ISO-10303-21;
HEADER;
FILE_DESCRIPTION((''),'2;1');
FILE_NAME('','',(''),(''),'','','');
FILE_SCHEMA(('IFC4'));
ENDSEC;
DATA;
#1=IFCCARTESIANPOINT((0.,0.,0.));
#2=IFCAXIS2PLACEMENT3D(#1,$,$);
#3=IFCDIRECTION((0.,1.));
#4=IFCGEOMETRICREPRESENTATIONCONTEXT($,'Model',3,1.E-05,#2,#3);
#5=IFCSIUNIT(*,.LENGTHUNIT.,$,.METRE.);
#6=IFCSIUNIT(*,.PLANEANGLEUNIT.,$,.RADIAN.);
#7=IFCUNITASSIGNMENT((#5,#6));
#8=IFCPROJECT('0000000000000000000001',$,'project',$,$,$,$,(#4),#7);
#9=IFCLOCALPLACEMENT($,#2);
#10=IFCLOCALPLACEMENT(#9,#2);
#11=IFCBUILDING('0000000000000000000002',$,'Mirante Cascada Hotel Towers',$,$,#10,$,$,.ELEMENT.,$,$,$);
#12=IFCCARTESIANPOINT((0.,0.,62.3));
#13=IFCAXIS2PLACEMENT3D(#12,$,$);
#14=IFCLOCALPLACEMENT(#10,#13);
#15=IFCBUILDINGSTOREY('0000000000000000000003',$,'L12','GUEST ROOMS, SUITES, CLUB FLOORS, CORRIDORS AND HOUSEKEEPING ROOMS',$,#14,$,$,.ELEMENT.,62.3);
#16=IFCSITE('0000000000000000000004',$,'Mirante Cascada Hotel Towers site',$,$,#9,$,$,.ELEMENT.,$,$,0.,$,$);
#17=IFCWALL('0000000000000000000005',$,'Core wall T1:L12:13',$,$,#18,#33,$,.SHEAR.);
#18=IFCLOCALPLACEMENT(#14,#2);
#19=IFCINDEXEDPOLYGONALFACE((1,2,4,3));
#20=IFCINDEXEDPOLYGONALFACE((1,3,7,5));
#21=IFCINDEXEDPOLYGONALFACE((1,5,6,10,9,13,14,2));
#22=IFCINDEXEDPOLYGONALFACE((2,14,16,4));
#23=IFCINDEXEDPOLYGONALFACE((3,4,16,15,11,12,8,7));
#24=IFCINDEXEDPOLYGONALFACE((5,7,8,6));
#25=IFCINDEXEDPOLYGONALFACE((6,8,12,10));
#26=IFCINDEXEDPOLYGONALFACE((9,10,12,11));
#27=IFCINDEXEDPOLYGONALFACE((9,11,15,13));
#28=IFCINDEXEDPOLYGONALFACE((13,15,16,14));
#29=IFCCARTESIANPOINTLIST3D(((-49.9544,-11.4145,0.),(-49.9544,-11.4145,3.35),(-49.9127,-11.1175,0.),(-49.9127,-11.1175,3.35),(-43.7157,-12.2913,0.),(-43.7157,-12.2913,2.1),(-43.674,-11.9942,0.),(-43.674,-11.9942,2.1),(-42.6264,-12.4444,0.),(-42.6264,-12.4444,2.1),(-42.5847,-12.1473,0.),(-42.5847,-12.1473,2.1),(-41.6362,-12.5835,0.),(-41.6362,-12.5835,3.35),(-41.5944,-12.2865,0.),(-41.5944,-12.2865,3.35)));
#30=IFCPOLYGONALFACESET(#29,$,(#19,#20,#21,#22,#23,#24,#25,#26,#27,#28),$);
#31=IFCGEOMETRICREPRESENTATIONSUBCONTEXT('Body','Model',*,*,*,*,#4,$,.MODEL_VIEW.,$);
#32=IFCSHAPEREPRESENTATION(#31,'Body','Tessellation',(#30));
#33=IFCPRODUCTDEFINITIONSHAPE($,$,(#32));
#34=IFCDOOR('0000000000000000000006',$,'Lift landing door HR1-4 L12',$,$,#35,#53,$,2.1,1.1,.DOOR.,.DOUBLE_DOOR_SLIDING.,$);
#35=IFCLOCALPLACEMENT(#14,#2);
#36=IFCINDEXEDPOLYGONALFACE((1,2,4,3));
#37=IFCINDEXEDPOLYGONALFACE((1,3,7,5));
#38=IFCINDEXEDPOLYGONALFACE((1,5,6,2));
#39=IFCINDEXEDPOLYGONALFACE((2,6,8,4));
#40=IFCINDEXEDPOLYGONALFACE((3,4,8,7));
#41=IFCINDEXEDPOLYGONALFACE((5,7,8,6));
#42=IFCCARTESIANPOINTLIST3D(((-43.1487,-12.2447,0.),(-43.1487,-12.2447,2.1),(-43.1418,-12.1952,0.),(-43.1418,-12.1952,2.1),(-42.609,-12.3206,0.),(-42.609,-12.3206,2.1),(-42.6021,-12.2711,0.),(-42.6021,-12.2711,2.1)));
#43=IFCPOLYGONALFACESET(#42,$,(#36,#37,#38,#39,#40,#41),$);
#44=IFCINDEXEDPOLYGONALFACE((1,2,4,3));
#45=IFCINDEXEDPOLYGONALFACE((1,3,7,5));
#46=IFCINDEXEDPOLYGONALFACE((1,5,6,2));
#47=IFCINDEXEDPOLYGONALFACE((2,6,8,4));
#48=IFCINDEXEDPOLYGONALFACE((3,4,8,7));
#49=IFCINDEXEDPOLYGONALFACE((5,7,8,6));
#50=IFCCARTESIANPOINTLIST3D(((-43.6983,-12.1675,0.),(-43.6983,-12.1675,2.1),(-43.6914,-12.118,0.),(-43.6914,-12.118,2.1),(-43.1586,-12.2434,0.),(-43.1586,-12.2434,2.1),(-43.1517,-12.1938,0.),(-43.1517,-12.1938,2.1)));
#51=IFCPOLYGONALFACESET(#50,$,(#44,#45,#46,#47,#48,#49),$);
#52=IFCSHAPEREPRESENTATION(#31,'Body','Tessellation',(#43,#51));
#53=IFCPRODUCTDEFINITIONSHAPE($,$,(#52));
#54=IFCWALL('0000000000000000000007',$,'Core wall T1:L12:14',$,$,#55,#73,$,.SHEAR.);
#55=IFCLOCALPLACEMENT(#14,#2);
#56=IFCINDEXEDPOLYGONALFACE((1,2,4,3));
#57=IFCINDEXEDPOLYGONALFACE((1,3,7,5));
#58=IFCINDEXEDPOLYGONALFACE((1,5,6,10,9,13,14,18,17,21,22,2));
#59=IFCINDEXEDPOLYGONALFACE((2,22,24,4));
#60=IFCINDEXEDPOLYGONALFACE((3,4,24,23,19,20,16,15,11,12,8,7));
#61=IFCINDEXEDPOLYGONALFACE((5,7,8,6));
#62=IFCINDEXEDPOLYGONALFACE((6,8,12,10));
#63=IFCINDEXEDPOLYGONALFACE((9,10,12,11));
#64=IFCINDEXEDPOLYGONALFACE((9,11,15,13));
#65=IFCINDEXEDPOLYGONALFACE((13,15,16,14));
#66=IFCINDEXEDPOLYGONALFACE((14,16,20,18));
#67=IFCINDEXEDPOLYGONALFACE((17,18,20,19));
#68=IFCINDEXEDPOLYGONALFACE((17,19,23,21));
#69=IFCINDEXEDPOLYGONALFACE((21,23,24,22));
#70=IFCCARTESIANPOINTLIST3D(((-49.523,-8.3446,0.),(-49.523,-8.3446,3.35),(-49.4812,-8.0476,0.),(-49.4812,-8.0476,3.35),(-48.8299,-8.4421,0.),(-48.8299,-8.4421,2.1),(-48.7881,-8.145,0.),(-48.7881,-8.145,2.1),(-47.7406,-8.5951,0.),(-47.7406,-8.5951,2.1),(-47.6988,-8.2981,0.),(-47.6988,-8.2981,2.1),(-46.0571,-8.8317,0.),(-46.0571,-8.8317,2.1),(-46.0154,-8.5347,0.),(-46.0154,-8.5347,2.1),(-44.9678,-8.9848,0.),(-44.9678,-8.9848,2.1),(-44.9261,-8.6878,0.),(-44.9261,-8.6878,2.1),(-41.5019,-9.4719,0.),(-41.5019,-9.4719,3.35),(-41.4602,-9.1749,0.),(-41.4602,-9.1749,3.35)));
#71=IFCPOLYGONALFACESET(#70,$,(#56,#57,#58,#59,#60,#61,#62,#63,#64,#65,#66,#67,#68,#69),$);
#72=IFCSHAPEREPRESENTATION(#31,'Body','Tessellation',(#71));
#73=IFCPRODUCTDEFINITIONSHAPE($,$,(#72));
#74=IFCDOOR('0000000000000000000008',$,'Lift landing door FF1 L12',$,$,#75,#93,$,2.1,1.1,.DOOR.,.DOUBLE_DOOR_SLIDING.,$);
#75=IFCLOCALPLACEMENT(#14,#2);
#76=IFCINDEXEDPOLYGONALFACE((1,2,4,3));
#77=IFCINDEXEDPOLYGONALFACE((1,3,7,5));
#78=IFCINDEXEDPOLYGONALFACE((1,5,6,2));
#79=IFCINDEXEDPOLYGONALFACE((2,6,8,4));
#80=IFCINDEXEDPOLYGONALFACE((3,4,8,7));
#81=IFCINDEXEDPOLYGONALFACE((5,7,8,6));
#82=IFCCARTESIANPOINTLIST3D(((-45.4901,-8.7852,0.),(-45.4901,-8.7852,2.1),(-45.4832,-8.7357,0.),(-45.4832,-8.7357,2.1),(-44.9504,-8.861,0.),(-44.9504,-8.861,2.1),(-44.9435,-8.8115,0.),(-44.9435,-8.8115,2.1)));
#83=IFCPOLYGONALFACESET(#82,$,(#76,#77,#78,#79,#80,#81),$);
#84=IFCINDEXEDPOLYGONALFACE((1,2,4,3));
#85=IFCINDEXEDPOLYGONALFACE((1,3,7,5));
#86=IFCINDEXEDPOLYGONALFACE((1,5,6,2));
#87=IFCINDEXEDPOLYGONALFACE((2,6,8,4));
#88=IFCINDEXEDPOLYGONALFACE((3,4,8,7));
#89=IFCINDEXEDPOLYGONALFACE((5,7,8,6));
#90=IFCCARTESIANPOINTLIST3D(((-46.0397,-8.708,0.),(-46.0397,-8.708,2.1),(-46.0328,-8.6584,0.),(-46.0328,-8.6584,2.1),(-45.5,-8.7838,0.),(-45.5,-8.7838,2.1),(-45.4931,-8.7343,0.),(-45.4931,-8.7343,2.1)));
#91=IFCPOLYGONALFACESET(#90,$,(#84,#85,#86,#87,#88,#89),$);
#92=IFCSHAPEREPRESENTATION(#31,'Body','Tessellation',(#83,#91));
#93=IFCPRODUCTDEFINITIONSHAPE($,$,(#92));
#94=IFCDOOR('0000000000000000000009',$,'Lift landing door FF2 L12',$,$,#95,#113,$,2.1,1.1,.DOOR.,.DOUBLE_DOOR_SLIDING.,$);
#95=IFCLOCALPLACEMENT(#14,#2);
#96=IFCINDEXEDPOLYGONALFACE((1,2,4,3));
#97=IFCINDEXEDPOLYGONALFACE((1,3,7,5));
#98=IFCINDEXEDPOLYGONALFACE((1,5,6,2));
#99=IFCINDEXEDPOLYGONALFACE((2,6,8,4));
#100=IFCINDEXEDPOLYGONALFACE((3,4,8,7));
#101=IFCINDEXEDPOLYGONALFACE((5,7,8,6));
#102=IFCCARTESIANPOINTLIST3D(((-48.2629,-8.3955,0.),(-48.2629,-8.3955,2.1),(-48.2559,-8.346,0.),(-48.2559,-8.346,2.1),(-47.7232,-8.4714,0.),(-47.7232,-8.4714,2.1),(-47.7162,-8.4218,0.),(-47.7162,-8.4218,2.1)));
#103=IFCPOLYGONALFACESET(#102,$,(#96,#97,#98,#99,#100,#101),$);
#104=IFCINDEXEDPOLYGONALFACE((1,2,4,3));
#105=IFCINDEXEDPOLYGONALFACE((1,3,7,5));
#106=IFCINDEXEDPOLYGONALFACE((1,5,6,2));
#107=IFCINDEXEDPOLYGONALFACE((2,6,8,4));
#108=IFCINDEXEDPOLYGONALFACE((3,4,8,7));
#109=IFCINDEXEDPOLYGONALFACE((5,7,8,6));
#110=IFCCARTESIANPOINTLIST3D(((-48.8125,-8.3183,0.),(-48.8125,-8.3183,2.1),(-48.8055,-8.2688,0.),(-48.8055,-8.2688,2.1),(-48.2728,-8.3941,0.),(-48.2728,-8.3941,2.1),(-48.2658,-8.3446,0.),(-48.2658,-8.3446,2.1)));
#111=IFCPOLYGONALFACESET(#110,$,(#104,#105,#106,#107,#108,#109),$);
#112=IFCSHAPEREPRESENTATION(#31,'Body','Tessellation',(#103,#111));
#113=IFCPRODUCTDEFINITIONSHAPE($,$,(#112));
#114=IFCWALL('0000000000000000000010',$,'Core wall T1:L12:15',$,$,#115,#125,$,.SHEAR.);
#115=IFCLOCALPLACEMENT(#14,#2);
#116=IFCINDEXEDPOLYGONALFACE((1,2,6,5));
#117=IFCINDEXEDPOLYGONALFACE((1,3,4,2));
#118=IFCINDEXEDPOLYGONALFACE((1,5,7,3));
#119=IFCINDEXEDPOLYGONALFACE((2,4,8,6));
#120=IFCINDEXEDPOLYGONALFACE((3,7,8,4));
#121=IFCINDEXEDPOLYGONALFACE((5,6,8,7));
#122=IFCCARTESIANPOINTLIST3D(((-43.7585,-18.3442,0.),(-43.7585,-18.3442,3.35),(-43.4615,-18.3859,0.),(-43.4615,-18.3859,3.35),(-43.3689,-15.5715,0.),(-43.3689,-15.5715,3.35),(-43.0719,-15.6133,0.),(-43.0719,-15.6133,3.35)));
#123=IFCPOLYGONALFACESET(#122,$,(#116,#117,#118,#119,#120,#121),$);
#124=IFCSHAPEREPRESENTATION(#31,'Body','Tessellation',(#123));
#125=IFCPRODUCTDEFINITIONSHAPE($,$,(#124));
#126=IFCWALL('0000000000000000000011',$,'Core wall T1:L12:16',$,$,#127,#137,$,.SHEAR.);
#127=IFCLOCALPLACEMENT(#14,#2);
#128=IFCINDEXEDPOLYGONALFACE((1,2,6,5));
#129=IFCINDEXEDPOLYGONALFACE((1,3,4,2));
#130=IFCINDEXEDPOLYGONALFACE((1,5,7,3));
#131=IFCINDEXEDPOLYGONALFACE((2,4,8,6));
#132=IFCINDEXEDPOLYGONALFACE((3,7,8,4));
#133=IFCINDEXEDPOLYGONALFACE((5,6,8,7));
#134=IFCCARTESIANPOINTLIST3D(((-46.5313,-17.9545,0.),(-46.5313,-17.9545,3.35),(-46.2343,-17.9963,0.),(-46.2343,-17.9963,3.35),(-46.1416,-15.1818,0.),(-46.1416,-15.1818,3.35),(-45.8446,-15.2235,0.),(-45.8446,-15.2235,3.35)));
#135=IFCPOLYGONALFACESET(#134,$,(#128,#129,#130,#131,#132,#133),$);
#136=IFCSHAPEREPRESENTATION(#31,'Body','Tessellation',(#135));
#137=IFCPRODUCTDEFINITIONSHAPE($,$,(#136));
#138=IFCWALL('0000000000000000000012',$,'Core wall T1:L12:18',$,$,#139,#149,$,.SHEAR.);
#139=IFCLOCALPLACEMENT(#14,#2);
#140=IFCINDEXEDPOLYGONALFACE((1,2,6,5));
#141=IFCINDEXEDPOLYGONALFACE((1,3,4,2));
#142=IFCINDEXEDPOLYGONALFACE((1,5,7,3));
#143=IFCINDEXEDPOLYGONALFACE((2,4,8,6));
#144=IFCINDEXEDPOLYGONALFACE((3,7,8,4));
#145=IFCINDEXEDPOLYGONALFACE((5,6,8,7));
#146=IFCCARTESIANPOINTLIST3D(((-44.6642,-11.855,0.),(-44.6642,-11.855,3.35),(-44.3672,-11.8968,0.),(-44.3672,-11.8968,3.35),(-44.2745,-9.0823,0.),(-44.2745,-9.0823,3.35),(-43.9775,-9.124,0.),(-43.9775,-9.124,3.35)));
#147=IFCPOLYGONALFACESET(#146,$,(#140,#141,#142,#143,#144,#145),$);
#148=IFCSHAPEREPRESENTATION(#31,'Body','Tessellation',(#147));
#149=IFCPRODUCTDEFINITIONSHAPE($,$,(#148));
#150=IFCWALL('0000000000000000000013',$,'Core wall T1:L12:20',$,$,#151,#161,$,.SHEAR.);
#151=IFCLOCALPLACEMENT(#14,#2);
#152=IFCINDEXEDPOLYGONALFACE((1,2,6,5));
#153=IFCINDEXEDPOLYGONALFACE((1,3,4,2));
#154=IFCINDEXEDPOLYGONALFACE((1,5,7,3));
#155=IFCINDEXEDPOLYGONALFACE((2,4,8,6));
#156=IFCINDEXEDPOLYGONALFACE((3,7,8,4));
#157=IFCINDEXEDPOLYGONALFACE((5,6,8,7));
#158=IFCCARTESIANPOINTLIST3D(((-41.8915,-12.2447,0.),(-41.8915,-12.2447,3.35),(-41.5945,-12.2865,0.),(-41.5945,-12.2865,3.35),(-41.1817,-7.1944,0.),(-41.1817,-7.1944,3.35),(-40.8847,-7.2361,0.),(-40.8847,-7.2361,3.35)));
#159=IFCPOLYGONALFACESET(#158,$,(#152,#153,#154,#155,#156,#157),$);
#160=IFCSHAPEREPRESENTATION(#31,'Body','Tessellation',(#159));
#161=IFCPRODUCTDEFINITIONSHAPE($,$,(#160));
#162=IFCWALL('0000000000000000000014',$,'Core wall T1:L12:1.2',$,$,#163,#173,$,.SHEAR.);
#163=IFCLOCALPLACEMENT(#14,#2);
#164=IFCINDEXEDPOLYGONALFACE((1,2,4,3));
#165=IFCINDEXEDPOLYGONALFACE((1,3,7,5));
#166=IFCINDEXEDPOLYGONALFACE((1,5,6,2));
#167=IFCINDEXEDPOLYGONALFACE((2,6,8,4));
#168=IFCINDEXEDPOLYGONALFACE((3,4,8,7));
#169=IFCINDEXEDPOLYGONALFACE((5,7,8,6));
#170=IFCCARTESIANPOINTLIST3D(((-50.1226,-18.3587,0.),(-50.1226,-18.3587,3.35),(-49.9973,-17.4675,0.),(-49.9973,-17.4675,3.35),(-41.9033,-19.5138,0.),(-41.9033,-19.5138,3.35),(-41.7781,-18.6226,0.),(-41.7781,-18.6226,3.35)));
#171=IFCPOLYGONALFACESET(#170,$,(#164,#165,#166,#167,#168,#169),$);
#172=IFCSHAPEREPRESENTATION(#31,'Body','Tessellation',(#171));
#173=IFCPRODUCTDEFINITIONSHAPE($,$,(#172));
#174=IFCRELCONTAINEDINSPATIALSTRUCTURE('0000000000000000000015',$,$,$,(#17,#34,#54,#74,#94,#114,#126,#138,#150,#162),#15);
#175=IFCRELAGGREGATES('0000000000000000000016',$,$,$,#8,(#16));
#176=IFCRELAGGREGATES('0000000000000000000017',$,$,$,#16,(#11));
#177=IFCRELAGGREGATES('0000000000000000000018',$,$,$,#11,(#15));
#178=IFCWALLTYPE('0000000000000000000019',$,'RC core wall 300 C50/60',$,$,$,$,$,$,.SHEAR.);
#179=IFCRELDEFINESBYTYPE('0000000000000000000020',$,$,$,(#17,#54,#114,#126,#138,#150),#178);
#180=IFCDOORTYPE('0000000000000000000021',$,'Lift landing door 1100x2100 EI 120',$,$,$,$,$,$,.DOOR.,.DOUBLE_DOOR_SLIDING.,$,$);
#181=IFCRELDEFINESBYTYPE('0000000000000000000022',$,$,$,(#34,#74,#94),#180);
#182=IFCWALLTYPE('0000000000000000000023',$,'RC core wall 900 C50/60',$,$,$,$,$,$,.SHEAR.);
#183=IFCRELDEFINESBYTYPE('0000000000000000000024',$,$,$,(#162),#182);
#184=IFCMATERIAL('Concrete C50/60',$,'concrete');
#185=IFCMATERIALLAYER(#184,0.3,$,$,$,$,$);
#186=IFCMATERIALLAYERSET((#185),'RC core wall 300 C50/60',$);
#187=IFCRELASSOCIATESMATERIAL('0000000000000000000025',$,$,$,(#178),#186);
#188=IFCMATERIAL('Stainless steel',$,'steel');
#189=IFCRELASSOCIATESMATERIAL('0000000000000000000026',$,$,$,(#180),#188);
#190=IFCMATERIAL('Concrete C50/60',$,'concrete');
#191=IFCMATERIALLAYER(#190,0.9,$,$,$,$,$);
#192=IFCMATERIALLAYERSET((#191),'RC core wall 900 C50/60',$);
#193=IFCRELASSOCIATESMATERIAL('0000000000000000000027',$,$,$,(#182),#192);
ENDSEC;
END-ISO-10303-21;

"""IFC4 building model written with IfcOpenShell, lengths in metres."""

from ifc_helpers import new_model, si_unit, direction, frame, frame_2d, origin, place, context, subcontext, project, spatial, rectangle, extrude, material, layer, layer_set, type_object, element, fill, save


model = new_model("IFC4")

# Units and contexts
model_context = context("Model", 3, precision=1e-05, world=origin(), true_north=direction((0.0, 1.0)))
body_context = subcontext(model_context, "Body", "Model", "MODEL_VIEW")
ifc_project = project(units=[si_unit("LENGTHUNIT", "METRE"), si_unit("PLANEANGLEUNIT", "RADIAN")], contexts=[model_context])

# Site, building, storey
site_placement = place(None, origin())
site = spatial("IfcSite", under=ifc_project, at=site_placement, Name="Mirante Cascada Hotel Towers site", CompositionType="ELEMENT", RefElevation=0.0)
building_placement = place(site_placement, origin())
building = spatial("IfcBuilding", under=site, at=building_placement, Name="Mirante Cascada Hotel Towers", CompositionType="ELEMENT")
storey_placement = place(building_placement, frame((0.0, 0.0, 62.3)))
storey = spatial("IfcBuildingStorey", under=building, at=storey_placement, Name="L12", Description="GUEST ROOMS, SUITES, CLUB FLOORS, CORRIDORS AND HOUSEKEEPING ROOMS", CompositionType="ELEMENT", Elevation=62.3)

# Shared definitions
ifc_material_1 = material(Name="Concrete C50/60", Category="concrete")
ifc_layer_1 = layer(ifc_material_1, 0.3)
ifc_layer_set_1 = layer_set([ifc_layer_1], Name="RC core wall 300 C50/60")
wall_type_1 = type_object("IfcWallType", Name="RC core wall 300 C50/60", PredefinedType="SHEAR", material=ifc_layer_set_1)

# Shared definitions
ifc_material_2 = material(Name="Stainless steel", Category="steel")
door_type_1 = type_object("IfcDoorType", Name="Lift landing door 1100x2100 EI 120", OperationType="DOUBLE_DOOR_SLIDING", PredefinedType="DOOR", material=ifc_material_2)

# Wall, opening, door
wall_1_placement = place(storey_placement, frame((-41.6153, -12.435, 0.0), z_axis=(0.0, 0.0, 1.0), x_axis=(-0.990269, 0.139166, 0.0)))
wall_1 = element("IfcWall", 1, at=wall_1_placement, inside=storey, type_object=wall_type_1, Name="Core wall T1:L12:13", PredefinedType="SHEAR", context=body_context, shape_type="SweptSolid", body=[
    extrude(rectangle(XDim=8.4, YDim=0.3, at=frame_2d((4.2, 0.0))), origin(), (0.0, 0.0, 1.0), 3.35),
])
opening_1_placement = place(wall_1_placement, frame((1.0, 0.0, 0.0)))
opening_1 = element("IfcOpeningElement", 2, at=opening_1_placement, cuts=wall_1, PredefinedType="OPENING", context=body_context, shape_type="SweptSolid", body=[
    extrude(rectangle(XDim=1.1, YDim=2.1, at=frame_2d((0.55, 1.05))), frame((0.0, 0.15, 0.0), z_axis=(0.0, -1.0, 0.0), x_axis=(1.0, 0.0, 0.0)), (0.0, 0.0, 1.0), 0.3),
])
door_1_placement = place(opening_1_placement, origin())
door_1 = element("IfcDoor", 3, at=door_1_placement, inside=storey, type_object=door_type_1, Name="Lift landing door HR1-4 L12", OperationType="DOUBLE_DOOR_SLIDING", OverallHeight=2.1, OverallWidth=1.1, PredefinedType="DOOR", context=body_context, shape_type="SweptSolid", body=[
    extrude(rectangle(XDim=0.545, YDim=2.1, at=frame_2d((0.2725, 1.05))), frame((0.0, 0.025, 0.0), z_axis=(0.0, -1.0, 0.0), x_axis=(1.0, 0.0, 0.0)), (0.0, 0.0, 1.0), 0.05),
    extrude(rectangle(XDim=0.545, YDim=2.1, at=frame_2d((0.8275, 1.05))), frame((0.0, 0.025, 0.0), z_axis=(0.0, -1.0, 0.0), x_axis=(1.0, 0.0, 0.0)), (0.0, 0.0, 1.0), 0.05),
])
fill(opening_1, door_1)

# Wall, openings, doors
wall_2_placement = place(storey_placement, frame((-41.481, -9.3234, 0.0), z_axis=(0.0, 0.0, 1.0), x_axis=(-0.990268, 0.139174, 0.0)))
wall_2 = element("IfcWall", 4, at=wall_2_placement, inside=storey, type_object=wall_type_1, Name="Core wall T1:L12:14", PredefinedType="SHEAR", context=body_context, shape_type="SweptSolid", body=[
    extrude(rectangle(XDim=8.0999, YDim=0.3, at=frame_2d((4.05, 0.0))), origin(), (0.0, 0.0, 1.0), 3.35),
])
opening_2_placement = place(wall_2_placement, frame((3.5, 0.0, 0.0)))
opening_2 = element("IfcOpeningElement", 5, at=opening_2_placement, cuts=wall_2, PredefinedType="OPENING", context=body_context, shape_type="SweptSolid", body=[
    extrude(rectangle(XDim=1.1, YDim=2.1, at=frame_2d((0.55, 1.05))), frame((0.0, 0.15, 0.0), z_axis=(0.0, -1.0, 0.0), x_axis=(1.0, 0.0, 0.0)), (0.0, 0.0, 1.0), 0.3),
])
opening_3_placement = place(wall_2_placement, frame((6.3, 0.0, 0.0)))
opening_3 = element("IfcOpeningElement", 6, at=opening_3_placement, cuts=wall_2, PredefinedType="OPENING", context=body_context, shape_type="SweptSolid", body=[
    extrude(rectangle(XDim=1.1, YDim=2.1, at=frame_2d((0.55, 1.05))), frame((0.0, 0.15, 0.0), z_axis=(0.0, -1.0, 0.0), x_axis=(1.0, 0.0, 0.0)), (0.0, 0.0, 1.0), 0.3),
])
door_2_placement = place(opening_2_placement, origin())
door_2 = element("IfcDoor", 7, at=door_2_placement, inside=storey, type_object=door_type_1, Name="Lift landing door FF1 L12", OperationType="DOUBLE_DOOR_SLIDING", OverallHeight=2.1, OverallWidth=1.1, PredefinedType="DOOR", context=body_context, shape_type="SweptSolid", body=[
    extrude(rectangle(XDim=0.545, YDim=2.1, at=frame_2d((0.2725, 1.05))), frame((0.0, 0.025, 0.0), z_axis=(0.0, -1.0, 0.0), x_axis=(1.0, 0.0, 0.0)), (0.0, 0.0, 1.0), 0.05),
    extrude(rectangle(XDim=0.545, YDim=2.1, at=frame_2d((0.8275, 1.05))), frame((0.0, 0.025, 0.0), z_axis=(0.0, -1.0, 0.0), x_axis=(1.0, 0.0, 0.0)), (0.0, 0.0, 1.0), 0.05),
])
fill(opening_2, door_2)
door_3_placement = place(opening_3_placement, origin())
door_3 = element("IfcDoor", 8, at=door_3_placement, inside=storey, type_object=door_type_1, Name="Lift landing door FF2 L12", OperationType="DOUBLE_DOOR_SLIDING", OverallHeight=2.1, OverallWidth=1.1, PredefinedType="DOOR", context=body_context, shape_type="SweptSolid", body=[
    extrude(rectangle(XDim=0.545, YDim=2.1, at=frame_2d((0.2725, 1.05))), frame((0.0, 0.025, 0.0), z_axis=(0.0, -1.0, 0.0), x_axis=(1.0, 0.0, 0.0)), (0.0, 0.0, 1.0), 0.05),
    extrude(rectangle(XDim=0.545, YDim=2.1, at=frame_2d((0.8275, 1.05))), frame((0.0, 0.025, 0.0), z_axis=(0.0, -1.0, 0.0), x_axis=(1.0, 0.0, 0.0)), (0.0, 0.0, 1.0), 0.05),
])
fill(opening_3, door_3)

# Walls
wall_3_placement = place(storey_placement, frame((-43.61, -18.3651, 0.0), z_axis=(0.0, 0.0, 1.0), x_axis=(0.139146, 0.990272, 0.0)))
element("IfcWall", 9, at=wall_3_placement, inside=storey, type_object=wall_type_1, Name="Core wall T1:L12:15", PredefinedType="SHEAR", context=body_context, shape_type="SweptSolid", body=[
    extrude(rectangle(XDim=2.7999, YDim=0.3, at=frame_2d((1.4, 0.0))), origin(), (0.0, 0.0, 1.0), 3.35),
])
for number, where, z_axis, x_axis, name in (
    (10, (-46.3828, -17.9754, 0.0), (0.0, 0.0, 1.0), (0.139181, 0.990267, 0.0), "Core wall T1:L12:16"),
    (11, (-44.5157, -11.8759, 0.0), (0.0, 0.0, 1.0), (0.139181, 0.990267, 0.0), "Core wall T1:L12:18"),
):
    element("IfcWall", number, at=place(storey_placement, frame(where, z_axis=z_axis, x_axis=x_axis)), inside=storey, type_object=wall_type_1, Name=name, PredefinedType="SHEAR", context=body_context, shape_type="SweptSolid", body=[
        extrude(rectangle(XDim=2.8, YDim=0.3, at=frame_2d((1.4, 0.0))), origin(), (0.0, 0.0, 1.0), 3.35),
    ])
wall_4_placement = place(storey_placement, frame((-41.743, -12.2656, 0.0), z_axis=(0.0, 0.0, 1.0), x_axis=(0.139176, 0.990268, 0.0)))
element("IfcWall", 12, at=wall_4_placement, inside=storey, type_object=wall_type_1, Name="Core wall T1:L12:20", PredefinedType="SHEAR", context=body_context, shape_type="SweptSolid", body=[
    extrude(rectangle(XDim=5.1, YDim=0.3, at=frame_2d((2.55, 0.0))), origin(), (0.0, 0.0, 1.0), 3.35),
])
ifc_material_3 = material(Name="Concrete C50/60", Category="concrete")
ifc_layer_2 = layer(ifc_material_3, 0.9)
ifc_layer_set_2 = layer_set([ifc_layer_2], Name="RC core wall 900 C50/60")
wall_type_2 = type_object("IfcWallType", Name="RC core wall 900 C50/60", PredefinedType="SHEAR", material=ifc_layer_set_2)
wall_5_placement = place(storey_placement, frame((-41.8407, -19.0682, 0.0), z_axis=(0.0, 0.0, 1.0), x_axis=(-0.990269, 0.139169, 0.0)))
element("IfcWall", 13, at=wall_5_placement, inside=storey, type_object=wall_type_2, Name="Core wall T1:L12:1.2", PredefinedType="SHEAR", context=body_context, shape_type="SweptSolid", body=[
    extrude(rectangle(XDim=8.3, YDim=0.9, at=frame_2d((4.15, 0.0))), origin(), (0.0, 0.0, 1.0), 3.35),
])

save(model, "model.ifc")
